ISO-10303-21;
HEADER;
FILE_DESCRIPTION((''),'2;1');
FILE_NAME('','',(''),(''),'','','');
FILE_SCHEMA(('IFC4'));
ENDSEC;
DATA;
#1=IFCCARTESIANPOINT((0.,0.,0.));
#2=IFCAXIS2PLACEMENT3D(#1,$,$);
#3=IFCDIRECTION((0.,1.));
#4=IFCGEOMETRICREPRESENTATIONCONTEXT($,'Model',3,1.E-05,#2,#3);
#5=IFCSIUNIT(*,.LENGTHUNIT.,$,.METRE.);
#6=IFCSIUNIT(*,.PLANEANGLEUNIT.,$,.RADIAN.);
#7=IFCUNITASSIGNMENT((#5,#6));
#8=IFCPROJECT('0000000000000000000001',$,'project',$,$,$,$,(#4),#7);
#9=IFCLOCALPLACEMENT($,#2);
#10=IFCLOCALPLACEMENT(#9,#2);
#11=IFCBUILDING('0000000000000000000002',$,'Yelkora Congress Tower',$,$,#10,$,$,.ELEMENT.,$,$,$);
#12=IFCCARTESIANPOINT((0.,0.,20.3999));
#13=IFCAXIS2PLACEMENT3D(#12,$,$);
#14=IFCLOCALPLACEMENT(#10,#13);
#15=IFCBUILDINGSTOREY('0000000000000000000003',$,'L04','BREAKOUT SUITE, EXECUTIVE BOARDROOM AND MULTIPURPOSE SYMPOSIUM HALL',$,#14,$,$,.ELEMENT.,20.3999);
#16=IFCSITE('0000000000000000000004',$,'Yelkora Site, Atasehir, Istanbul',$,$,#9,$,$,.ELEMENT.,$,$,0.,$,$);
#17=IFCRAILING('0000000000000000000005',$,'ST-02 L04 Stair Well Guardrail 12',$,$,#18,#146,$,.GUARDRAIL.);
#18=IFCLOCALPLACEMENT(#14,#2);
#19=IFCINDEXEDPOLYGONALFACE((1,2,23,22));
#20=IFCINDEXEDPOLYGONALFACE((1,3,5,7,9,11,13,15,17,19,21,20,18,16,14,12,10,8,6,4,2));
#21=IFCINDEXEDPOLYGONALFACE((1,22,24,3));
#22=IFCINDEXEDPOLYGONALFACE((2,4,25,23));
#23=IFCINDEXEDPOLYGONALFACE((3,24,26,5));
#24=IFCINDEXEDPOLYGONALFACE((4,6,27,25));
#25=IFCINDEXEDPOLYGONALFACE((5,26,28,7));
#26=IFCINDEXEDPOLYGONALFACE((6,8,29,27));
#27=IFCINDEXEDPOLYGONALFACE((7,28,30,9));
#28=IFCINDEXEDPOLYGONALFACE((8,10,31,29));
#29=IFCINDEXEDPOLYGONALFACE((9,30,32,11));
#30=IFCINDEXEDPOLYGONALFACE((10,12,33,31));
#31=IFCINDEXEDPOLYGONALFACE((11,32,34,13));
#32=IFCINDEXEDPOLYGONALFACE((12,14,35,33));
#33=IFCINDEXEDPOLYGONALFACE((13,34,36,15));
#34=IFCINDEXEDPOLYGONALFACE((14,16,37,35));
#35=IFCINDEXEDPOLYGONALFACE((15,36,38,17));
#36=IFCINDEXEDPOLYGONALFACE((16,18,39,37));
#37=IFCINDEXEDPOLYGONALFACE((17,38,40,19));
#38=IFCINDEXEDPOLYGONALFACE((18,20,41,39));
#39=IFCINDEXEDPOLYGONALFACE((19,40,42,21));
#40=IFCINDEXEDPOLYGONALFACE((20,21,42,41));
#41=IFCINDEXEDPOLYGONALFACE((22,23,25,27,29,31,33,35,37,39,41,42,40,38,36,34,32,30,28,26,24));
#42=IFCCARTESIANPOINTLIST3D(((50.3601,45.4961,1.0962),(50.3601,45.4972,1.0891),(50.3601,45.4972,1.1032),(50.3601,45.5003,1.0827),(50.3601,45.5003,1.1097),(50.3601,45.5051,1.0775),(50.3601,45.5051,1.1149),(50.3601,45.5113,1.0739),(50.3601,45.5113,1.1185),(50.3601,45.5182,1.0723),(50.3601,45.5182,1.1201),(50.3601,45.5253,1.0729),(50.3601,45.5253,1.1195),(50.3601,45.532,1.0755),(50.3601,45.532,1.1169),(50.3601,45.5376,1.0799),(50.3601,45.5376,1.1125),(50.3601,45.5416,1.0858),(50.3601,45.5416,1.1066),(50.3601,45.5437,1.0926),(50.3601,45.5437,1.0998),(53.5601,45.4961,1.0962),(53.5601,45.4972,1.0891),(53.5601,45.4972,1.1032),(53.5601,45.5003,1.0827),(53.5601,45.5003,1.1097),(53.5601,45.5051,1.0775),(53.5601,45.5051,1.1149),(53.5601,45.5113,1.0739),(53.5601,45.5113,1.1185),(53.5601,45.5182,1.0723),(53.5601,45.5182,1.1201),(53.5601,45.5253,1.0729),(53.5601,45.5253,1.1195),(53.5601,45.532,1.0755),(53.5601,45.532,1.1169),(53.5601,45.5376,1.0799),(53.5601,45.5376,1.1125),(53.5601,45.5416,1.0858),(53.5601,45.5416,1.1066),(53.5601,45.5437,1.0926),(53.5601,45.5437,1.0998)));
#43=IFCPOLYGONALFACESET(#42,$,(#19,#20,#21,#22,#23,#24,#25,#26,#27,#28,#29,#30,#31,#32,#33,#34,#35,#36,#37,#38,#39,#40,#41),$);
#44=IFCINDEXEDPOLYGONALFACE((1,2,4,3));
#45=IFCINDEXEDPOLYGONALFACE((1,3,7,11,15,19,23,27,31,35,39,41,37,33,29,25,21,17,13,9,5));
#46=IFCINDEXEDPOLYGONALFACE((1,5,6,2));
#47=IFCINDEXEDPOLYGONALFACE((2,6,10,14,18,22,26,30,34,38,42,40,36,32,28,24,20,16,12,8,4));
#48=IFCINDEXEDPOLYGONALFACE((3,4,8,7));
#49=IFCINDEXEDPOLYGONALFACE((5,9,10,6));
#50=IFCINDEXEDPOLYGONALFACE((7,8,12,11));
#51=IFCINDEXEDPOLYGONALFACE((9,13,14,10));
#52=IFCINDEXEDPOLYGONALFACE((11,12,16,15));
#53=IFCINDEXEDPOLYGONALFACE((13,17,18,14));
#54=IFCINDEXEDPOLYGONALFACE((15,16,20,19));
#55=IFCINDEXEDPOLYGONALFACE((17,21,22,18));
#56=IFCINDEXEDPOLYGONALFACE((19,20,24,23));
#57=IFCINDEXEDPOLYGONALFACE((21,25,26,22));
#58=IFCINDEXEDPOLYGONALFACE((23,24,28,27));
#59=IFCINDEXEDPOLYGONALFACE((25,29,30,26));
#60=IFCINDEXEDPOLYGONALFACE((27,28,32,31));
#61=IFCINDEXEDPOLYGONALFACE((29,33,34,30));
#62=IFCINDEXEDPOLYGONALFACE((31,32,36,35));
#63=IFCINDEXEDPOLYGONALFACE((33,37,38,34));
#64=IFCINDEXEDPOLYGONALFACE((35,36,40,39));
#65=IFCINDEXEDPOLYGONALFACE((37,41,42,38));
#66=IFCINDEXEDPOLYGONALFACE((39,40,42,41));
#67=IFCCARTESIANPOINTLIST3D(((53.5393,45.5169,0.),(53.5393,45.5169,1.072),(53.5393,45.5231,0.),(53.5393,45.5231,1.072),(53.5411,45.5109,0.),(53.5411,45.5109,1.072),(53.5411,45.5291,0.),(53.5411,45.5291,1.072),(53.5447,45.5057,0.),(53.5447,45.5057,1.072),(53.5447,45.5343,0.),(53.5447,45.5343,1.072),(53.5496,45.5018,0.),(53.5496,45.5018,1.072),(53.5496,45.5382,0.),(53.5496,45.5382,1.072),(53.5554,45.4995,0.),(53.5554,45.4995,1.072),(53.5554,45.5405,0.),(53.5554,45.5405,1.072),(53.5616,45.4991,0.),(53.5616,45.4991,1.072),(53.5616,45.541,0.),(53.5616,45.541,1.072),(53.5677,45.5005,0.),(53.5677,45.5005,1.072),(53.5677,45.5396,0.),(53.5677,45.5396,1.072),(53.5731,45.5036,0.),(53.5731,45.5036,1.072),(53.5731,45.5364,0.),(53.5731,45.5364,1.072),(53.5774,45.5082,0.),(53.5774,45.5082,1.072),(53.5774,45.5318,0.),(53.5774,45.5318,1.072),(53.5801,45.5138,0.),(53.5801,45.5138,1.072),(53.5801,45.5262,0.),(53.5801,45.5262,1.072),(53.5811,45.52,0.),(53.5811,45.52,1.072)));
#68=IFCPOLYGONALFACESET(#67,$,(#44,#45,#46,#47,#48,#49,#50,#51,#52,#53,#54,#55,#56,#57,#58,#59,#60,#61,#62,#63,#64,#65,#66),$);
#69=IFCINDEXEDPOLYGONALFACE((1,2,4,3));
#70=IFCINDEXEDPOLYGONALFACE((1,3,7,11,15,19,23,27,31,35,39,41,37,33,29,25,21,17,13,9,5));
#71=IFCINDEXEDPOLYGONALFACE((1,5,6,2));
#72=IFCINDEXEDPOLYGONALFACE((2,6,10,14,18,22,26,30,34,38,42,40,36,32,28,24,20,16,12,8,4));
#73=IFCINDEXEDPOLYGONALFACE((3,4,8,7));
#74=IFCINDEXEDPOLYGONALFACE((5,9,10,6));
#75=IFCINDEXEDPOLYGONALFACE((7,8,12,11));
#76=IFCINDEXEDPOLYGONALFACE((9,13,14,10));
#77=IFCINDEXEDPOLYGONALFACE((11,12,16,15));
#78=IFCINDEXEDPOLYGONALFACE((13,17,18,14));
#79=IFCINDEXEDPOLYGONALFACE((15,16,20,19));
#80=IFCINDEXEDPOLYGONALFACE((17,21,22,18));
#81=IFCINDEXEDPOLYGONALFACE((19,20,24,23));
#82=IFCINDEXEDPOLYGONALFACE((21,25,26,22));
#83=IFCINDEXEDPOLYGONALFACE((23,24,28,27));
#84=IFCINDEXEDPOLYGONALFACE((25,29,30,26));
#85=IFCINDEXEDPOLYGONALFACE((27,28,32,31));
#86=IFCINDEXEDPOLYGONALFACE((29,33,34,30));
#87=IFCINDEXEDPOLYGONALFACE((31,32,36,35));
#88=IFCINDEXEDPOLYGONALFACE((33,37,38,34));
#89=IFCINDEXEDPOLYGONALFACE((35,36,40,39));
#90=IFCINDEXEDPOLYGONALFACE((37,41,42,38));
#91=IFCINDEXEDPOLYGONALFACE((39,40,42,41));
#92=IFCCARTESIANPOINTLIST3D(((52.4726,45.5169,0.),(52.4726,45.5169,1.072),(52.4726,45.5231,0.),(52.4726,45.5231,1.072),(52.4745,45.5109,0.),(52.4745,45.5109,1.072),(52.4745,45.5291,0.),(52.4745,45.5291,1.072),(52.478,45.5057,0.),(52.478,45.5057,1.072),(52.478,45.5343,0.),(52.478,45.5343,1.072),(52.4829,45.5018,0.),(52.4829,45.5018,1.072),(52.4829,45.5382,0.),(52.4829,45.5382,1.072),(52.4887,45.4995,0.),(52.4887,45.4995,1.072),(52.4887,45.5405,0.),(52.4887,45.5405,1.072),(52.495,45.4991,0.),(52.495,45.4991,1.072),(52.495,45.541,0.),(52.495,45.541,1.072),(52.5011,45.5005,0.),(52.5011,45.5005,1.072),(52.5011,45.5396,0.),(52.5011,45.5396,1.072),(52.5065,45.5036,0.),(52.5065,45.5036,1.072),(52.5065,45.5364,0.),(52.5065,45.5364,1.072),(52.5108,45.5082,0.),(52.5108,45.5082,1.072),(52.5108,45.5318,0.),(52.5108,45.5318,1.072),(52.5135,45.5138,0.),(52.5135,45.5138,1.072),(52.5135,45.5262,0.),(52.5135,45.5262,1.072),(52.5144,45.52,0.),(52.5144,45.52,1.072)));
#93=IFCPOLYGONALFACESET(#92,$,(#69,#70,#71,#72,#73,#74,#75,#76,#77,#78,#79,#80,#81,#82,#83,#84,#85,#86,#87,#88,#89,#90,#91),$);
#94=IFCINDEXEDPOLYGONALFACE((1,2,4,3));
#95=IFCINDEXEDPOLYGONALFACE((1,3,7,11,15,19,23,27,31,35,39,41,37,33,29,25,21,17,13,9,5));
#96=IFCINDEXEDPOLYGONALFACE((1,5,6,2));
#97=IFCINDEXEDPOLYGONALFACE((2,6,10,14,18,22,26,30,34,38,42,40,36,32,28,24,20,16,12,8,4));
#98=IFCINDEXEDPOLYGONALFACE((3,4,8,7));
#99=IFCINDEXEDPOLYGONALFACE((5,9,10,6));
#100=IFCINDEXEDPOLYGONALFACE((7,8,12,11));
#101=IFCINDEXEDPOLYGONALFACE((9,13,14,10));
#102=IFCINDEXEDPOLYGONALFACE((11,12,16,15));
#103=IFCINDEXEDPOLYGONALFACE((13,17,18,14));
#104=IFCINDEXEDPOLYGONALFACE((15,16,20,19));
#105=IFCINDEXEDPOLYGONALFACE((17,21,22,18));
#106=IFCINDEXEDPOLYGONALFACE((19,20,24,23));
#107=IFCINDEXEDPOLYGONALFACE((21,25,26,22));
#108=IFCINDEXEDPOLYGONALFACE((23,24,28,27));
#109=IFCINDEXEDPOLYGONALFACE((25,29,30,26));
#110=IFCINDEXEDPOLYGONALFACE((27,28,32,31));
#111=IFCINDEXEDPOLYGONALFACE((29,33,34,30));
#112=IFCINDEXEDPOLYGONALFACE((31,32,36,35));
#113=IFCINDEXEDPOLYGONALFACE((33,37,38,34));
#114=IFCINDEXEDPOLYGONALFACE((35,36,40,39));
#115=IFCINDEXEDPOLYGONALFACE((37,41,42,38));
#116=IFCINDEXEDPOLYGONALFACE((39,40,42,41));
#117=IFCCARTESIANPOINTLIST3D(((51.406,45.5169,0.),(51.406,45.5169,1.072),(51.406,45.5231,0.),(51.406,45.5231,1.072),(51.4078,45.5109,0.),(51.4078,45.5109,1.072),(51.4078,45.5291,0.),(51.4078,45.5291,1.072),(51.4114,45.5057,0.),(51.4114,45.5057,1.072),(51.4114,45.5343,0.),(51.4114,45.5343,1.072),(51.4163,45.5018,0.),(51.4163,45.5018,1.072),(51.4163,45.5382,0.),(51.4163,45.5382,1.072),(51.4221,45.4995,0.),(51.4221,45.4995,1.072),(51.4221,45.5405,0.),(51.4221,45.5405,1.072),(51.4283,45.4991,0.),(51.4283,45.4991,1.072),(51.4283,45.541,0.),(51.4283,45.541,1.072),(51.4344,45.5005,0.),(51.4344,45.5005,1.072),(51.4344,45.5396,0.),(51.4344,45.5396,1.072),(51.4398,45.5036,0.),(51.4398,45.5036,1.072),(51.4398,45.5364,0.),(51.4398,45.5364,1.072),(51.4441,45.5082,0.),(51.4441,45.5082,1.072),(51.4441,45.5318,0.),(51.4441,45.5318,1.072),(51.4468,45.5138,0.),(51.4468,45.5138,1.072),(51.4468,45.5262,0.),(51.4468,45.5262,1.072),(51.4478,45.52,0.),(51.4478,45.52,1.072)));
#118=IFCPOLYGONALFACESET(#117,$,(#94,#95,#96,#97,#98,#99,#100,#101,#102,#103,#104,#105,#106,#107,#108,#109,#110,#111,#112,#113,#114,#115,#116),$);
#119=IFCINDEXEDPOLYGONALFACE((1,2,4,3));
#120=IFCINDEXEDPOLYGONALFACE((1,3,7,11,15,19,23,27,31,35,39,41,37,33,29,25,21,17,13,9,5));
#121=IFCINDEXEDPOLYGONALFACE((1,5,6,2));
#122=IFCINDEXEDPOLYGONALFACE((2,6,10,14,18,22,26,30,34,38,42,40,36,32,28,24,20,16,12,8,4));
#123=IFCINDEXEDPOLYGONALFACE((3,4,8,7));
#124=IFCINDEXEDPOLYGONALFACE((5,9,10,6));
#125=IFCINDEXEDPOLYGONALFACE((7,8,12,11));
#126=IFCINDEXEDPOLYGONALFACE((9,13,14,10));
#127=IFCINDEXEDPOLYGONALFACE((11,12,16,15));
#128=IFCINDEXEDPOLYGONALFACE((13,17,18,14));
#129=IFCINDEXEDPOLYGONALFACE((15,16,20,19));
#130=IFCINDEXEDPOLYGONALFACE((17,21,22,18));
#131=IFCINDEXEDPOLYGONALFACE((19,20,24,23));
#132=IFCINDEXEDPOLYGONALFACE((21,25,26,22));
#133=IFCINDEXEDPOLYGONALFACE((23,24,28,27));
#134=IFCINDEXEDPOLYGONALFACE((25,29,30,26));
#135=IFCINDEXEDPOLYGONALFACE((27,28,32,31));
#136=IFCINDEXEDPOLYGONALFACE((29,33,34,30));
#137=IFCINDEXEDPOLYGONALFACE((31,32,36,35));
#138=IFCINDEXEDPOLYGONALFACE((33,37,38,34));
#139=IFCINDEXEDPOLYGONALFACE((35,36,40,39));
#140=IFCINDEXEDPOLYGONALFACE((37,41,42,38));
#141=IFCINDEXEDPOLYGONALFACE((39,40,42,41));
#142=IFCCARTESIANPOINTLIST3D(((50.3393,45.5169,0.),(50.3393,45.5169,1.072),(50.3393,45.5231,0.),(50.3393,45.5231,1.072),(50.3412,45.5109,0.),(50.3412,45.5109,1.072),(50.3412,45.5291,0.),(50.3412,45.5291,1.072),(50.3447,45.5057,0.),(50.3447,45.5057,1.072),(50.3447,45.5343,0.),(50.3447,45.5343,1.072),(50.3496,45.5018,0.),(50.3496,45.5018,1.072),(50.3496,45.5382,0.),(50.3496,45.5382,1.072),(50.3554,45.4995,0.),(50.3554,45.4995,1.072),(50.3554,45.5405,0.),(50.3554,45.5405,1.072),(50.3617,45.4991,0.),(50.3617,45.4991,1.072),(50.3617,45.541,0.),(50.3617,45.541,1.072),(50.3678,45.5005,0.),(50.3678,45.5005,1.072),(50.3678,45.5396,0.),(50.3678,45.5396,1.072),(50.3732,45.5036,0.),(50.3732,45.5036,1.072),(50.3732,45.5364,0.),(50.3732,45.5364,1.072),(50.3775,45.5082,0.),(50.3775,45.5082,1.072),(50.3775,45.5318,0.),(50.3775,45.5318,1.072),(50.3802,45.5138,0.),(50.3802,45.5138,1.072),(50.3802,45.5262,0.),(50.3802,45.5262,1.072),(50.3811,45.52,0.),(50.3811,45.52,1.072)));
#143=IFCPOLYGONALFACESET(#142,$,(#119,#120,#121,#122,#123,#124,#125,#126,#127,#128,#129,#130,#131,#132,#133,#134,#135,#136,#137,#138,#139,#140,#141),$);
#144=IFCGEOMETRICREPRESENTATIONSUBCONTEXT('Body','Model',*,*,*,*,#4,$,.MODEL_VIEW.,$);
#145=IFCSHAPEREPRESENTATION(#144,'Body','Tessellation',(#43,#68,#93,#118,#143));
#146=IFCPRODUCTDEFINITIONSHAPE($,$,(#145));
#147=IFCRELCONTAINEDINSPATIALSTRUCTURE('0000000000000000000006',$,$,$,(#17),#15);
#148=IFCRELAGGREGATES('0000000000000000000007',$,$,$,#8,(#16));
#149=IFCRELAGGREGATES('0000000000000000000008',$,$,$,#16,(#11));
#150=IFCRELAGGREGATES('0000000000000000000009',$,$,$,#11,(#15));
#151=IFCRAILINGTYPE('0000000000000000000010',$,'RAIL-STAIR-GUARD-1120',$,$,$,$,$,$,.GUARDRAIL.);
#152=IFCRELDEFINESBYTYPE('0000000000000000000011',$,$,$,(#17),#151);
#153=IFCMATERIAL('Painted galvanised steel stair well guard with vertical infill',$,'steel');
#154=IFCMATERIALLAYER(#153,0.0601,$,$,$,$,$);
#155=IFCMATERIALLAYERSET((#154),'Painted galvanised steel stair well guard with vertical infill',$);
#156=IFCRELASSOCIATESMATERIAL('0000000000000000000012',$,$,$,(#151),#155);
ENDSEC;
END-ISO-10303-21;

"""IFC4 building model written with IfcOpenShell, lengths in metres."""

from ifc_helpers import new_model, si_unit, direction, frame, origin, origin_2d, place, context, subcontext, project, spatial, circle, extrude, material, layer, layer_set, type_object, element, save


model = new_model("IFC4")

# Units and contexts
model_context = context("Model", 3, precision=1e-05, world=origin(), true_north=direction((0.0, 1.0)))
body_context = subcontext(model_context, "Body", "Model", "MODEL_VIEW")
ifc_project = project(units=[si_unit("LENGTHUNIT", "METRE"), si_unit("PLANEANGLEUNIT", "RADIAN")], contexts=[model_context])

# Site, building, storey
site_placement = place(None, origin())
site = spatial("IfcSite", under=ifc_project, at=site_placement, Name="Yelkora Site, Atasehir, Istanbul", CompositionType="ELEMENT", RefElevation=0.0)
building_placement = place(site_placement, origin())
building = spatial("IfcBuilding", under=site, at=building_placement, Name="Yelkora Congress Tower", CompositionType="ELEMENT")
storey_placement = place(building_placement, frame((0.0, 0.0, 20.3999)))
storey = spatial("IfcBuildingStorey", under=building, at=storey_placement, Name="L04", Description="BREAKOUT SUITE, EXECUTIVE BOARDROOM AND MULTIPURPOSE SYMPOSIUM HALL", CompositionType="ELEMENT", Elevation=20.3999)

# Railing
ifc_material_1 = material(Name="Painted galvanised steel stair well guard with vertical infill", Category="steel")
ifc_layer_1 = layer(ifc_material_1, 0.0601)
ifc_layer_set_1 = layer_set([ifc_layer_1], Name="Painted galvanised steel stair well guard with vertical infill")
railing_type_1 = type_object("IfcRailingType", Name="RAIL-STAIR-GUARD-1120", PredefinedType="GUARDRAIL", material=ifc_layer_set_1)
railing_1_placement = place(storey_placement, frame((53.5601, 45.52, 0.0)))
element("IfcRailing", 1, at=railing_1_placement, inside=storey, type_object=railing_type_1, Name="ST-02 L04 Stair Well Guardrail 12", PredefinedType="GUARDRAIL", context=body_context, shape_type="SweptSolid", body=[
    extrude(circle(Radius=0.0239, at=origin_2d()), frame((0.0, 0.0, 1.0962), z_axis=(-1.0, 0.0, 0.0), x_axis=(0.0, -1.0, 0.0)), (0.0, 0.0, 1.0), 3.2),
    extrude(circle(Radius=0.021, at=origin_2d()), origin(), (0.0, 0.0, 1.0), 1.072),
    extrude(circle(Radius=0.021, at=origin_2d()), frame((-1.0667, 0.0, 0.0)), (0.0, 0.0, 1.0), 1.072),
    extrude(circle(Radius=0.021, at=origin_2d()), frame((-2.1333, 0.0, 0.0)), (0.0, 0.0, 1.0), 1.072),
    extrude(circle(Radius=0.021, at=origin_2d()), frame((-3.2, 0.0, 0.0)), (0.0, 0.0, 1.0), 1.072),
])

save(model, "model.ifc")
